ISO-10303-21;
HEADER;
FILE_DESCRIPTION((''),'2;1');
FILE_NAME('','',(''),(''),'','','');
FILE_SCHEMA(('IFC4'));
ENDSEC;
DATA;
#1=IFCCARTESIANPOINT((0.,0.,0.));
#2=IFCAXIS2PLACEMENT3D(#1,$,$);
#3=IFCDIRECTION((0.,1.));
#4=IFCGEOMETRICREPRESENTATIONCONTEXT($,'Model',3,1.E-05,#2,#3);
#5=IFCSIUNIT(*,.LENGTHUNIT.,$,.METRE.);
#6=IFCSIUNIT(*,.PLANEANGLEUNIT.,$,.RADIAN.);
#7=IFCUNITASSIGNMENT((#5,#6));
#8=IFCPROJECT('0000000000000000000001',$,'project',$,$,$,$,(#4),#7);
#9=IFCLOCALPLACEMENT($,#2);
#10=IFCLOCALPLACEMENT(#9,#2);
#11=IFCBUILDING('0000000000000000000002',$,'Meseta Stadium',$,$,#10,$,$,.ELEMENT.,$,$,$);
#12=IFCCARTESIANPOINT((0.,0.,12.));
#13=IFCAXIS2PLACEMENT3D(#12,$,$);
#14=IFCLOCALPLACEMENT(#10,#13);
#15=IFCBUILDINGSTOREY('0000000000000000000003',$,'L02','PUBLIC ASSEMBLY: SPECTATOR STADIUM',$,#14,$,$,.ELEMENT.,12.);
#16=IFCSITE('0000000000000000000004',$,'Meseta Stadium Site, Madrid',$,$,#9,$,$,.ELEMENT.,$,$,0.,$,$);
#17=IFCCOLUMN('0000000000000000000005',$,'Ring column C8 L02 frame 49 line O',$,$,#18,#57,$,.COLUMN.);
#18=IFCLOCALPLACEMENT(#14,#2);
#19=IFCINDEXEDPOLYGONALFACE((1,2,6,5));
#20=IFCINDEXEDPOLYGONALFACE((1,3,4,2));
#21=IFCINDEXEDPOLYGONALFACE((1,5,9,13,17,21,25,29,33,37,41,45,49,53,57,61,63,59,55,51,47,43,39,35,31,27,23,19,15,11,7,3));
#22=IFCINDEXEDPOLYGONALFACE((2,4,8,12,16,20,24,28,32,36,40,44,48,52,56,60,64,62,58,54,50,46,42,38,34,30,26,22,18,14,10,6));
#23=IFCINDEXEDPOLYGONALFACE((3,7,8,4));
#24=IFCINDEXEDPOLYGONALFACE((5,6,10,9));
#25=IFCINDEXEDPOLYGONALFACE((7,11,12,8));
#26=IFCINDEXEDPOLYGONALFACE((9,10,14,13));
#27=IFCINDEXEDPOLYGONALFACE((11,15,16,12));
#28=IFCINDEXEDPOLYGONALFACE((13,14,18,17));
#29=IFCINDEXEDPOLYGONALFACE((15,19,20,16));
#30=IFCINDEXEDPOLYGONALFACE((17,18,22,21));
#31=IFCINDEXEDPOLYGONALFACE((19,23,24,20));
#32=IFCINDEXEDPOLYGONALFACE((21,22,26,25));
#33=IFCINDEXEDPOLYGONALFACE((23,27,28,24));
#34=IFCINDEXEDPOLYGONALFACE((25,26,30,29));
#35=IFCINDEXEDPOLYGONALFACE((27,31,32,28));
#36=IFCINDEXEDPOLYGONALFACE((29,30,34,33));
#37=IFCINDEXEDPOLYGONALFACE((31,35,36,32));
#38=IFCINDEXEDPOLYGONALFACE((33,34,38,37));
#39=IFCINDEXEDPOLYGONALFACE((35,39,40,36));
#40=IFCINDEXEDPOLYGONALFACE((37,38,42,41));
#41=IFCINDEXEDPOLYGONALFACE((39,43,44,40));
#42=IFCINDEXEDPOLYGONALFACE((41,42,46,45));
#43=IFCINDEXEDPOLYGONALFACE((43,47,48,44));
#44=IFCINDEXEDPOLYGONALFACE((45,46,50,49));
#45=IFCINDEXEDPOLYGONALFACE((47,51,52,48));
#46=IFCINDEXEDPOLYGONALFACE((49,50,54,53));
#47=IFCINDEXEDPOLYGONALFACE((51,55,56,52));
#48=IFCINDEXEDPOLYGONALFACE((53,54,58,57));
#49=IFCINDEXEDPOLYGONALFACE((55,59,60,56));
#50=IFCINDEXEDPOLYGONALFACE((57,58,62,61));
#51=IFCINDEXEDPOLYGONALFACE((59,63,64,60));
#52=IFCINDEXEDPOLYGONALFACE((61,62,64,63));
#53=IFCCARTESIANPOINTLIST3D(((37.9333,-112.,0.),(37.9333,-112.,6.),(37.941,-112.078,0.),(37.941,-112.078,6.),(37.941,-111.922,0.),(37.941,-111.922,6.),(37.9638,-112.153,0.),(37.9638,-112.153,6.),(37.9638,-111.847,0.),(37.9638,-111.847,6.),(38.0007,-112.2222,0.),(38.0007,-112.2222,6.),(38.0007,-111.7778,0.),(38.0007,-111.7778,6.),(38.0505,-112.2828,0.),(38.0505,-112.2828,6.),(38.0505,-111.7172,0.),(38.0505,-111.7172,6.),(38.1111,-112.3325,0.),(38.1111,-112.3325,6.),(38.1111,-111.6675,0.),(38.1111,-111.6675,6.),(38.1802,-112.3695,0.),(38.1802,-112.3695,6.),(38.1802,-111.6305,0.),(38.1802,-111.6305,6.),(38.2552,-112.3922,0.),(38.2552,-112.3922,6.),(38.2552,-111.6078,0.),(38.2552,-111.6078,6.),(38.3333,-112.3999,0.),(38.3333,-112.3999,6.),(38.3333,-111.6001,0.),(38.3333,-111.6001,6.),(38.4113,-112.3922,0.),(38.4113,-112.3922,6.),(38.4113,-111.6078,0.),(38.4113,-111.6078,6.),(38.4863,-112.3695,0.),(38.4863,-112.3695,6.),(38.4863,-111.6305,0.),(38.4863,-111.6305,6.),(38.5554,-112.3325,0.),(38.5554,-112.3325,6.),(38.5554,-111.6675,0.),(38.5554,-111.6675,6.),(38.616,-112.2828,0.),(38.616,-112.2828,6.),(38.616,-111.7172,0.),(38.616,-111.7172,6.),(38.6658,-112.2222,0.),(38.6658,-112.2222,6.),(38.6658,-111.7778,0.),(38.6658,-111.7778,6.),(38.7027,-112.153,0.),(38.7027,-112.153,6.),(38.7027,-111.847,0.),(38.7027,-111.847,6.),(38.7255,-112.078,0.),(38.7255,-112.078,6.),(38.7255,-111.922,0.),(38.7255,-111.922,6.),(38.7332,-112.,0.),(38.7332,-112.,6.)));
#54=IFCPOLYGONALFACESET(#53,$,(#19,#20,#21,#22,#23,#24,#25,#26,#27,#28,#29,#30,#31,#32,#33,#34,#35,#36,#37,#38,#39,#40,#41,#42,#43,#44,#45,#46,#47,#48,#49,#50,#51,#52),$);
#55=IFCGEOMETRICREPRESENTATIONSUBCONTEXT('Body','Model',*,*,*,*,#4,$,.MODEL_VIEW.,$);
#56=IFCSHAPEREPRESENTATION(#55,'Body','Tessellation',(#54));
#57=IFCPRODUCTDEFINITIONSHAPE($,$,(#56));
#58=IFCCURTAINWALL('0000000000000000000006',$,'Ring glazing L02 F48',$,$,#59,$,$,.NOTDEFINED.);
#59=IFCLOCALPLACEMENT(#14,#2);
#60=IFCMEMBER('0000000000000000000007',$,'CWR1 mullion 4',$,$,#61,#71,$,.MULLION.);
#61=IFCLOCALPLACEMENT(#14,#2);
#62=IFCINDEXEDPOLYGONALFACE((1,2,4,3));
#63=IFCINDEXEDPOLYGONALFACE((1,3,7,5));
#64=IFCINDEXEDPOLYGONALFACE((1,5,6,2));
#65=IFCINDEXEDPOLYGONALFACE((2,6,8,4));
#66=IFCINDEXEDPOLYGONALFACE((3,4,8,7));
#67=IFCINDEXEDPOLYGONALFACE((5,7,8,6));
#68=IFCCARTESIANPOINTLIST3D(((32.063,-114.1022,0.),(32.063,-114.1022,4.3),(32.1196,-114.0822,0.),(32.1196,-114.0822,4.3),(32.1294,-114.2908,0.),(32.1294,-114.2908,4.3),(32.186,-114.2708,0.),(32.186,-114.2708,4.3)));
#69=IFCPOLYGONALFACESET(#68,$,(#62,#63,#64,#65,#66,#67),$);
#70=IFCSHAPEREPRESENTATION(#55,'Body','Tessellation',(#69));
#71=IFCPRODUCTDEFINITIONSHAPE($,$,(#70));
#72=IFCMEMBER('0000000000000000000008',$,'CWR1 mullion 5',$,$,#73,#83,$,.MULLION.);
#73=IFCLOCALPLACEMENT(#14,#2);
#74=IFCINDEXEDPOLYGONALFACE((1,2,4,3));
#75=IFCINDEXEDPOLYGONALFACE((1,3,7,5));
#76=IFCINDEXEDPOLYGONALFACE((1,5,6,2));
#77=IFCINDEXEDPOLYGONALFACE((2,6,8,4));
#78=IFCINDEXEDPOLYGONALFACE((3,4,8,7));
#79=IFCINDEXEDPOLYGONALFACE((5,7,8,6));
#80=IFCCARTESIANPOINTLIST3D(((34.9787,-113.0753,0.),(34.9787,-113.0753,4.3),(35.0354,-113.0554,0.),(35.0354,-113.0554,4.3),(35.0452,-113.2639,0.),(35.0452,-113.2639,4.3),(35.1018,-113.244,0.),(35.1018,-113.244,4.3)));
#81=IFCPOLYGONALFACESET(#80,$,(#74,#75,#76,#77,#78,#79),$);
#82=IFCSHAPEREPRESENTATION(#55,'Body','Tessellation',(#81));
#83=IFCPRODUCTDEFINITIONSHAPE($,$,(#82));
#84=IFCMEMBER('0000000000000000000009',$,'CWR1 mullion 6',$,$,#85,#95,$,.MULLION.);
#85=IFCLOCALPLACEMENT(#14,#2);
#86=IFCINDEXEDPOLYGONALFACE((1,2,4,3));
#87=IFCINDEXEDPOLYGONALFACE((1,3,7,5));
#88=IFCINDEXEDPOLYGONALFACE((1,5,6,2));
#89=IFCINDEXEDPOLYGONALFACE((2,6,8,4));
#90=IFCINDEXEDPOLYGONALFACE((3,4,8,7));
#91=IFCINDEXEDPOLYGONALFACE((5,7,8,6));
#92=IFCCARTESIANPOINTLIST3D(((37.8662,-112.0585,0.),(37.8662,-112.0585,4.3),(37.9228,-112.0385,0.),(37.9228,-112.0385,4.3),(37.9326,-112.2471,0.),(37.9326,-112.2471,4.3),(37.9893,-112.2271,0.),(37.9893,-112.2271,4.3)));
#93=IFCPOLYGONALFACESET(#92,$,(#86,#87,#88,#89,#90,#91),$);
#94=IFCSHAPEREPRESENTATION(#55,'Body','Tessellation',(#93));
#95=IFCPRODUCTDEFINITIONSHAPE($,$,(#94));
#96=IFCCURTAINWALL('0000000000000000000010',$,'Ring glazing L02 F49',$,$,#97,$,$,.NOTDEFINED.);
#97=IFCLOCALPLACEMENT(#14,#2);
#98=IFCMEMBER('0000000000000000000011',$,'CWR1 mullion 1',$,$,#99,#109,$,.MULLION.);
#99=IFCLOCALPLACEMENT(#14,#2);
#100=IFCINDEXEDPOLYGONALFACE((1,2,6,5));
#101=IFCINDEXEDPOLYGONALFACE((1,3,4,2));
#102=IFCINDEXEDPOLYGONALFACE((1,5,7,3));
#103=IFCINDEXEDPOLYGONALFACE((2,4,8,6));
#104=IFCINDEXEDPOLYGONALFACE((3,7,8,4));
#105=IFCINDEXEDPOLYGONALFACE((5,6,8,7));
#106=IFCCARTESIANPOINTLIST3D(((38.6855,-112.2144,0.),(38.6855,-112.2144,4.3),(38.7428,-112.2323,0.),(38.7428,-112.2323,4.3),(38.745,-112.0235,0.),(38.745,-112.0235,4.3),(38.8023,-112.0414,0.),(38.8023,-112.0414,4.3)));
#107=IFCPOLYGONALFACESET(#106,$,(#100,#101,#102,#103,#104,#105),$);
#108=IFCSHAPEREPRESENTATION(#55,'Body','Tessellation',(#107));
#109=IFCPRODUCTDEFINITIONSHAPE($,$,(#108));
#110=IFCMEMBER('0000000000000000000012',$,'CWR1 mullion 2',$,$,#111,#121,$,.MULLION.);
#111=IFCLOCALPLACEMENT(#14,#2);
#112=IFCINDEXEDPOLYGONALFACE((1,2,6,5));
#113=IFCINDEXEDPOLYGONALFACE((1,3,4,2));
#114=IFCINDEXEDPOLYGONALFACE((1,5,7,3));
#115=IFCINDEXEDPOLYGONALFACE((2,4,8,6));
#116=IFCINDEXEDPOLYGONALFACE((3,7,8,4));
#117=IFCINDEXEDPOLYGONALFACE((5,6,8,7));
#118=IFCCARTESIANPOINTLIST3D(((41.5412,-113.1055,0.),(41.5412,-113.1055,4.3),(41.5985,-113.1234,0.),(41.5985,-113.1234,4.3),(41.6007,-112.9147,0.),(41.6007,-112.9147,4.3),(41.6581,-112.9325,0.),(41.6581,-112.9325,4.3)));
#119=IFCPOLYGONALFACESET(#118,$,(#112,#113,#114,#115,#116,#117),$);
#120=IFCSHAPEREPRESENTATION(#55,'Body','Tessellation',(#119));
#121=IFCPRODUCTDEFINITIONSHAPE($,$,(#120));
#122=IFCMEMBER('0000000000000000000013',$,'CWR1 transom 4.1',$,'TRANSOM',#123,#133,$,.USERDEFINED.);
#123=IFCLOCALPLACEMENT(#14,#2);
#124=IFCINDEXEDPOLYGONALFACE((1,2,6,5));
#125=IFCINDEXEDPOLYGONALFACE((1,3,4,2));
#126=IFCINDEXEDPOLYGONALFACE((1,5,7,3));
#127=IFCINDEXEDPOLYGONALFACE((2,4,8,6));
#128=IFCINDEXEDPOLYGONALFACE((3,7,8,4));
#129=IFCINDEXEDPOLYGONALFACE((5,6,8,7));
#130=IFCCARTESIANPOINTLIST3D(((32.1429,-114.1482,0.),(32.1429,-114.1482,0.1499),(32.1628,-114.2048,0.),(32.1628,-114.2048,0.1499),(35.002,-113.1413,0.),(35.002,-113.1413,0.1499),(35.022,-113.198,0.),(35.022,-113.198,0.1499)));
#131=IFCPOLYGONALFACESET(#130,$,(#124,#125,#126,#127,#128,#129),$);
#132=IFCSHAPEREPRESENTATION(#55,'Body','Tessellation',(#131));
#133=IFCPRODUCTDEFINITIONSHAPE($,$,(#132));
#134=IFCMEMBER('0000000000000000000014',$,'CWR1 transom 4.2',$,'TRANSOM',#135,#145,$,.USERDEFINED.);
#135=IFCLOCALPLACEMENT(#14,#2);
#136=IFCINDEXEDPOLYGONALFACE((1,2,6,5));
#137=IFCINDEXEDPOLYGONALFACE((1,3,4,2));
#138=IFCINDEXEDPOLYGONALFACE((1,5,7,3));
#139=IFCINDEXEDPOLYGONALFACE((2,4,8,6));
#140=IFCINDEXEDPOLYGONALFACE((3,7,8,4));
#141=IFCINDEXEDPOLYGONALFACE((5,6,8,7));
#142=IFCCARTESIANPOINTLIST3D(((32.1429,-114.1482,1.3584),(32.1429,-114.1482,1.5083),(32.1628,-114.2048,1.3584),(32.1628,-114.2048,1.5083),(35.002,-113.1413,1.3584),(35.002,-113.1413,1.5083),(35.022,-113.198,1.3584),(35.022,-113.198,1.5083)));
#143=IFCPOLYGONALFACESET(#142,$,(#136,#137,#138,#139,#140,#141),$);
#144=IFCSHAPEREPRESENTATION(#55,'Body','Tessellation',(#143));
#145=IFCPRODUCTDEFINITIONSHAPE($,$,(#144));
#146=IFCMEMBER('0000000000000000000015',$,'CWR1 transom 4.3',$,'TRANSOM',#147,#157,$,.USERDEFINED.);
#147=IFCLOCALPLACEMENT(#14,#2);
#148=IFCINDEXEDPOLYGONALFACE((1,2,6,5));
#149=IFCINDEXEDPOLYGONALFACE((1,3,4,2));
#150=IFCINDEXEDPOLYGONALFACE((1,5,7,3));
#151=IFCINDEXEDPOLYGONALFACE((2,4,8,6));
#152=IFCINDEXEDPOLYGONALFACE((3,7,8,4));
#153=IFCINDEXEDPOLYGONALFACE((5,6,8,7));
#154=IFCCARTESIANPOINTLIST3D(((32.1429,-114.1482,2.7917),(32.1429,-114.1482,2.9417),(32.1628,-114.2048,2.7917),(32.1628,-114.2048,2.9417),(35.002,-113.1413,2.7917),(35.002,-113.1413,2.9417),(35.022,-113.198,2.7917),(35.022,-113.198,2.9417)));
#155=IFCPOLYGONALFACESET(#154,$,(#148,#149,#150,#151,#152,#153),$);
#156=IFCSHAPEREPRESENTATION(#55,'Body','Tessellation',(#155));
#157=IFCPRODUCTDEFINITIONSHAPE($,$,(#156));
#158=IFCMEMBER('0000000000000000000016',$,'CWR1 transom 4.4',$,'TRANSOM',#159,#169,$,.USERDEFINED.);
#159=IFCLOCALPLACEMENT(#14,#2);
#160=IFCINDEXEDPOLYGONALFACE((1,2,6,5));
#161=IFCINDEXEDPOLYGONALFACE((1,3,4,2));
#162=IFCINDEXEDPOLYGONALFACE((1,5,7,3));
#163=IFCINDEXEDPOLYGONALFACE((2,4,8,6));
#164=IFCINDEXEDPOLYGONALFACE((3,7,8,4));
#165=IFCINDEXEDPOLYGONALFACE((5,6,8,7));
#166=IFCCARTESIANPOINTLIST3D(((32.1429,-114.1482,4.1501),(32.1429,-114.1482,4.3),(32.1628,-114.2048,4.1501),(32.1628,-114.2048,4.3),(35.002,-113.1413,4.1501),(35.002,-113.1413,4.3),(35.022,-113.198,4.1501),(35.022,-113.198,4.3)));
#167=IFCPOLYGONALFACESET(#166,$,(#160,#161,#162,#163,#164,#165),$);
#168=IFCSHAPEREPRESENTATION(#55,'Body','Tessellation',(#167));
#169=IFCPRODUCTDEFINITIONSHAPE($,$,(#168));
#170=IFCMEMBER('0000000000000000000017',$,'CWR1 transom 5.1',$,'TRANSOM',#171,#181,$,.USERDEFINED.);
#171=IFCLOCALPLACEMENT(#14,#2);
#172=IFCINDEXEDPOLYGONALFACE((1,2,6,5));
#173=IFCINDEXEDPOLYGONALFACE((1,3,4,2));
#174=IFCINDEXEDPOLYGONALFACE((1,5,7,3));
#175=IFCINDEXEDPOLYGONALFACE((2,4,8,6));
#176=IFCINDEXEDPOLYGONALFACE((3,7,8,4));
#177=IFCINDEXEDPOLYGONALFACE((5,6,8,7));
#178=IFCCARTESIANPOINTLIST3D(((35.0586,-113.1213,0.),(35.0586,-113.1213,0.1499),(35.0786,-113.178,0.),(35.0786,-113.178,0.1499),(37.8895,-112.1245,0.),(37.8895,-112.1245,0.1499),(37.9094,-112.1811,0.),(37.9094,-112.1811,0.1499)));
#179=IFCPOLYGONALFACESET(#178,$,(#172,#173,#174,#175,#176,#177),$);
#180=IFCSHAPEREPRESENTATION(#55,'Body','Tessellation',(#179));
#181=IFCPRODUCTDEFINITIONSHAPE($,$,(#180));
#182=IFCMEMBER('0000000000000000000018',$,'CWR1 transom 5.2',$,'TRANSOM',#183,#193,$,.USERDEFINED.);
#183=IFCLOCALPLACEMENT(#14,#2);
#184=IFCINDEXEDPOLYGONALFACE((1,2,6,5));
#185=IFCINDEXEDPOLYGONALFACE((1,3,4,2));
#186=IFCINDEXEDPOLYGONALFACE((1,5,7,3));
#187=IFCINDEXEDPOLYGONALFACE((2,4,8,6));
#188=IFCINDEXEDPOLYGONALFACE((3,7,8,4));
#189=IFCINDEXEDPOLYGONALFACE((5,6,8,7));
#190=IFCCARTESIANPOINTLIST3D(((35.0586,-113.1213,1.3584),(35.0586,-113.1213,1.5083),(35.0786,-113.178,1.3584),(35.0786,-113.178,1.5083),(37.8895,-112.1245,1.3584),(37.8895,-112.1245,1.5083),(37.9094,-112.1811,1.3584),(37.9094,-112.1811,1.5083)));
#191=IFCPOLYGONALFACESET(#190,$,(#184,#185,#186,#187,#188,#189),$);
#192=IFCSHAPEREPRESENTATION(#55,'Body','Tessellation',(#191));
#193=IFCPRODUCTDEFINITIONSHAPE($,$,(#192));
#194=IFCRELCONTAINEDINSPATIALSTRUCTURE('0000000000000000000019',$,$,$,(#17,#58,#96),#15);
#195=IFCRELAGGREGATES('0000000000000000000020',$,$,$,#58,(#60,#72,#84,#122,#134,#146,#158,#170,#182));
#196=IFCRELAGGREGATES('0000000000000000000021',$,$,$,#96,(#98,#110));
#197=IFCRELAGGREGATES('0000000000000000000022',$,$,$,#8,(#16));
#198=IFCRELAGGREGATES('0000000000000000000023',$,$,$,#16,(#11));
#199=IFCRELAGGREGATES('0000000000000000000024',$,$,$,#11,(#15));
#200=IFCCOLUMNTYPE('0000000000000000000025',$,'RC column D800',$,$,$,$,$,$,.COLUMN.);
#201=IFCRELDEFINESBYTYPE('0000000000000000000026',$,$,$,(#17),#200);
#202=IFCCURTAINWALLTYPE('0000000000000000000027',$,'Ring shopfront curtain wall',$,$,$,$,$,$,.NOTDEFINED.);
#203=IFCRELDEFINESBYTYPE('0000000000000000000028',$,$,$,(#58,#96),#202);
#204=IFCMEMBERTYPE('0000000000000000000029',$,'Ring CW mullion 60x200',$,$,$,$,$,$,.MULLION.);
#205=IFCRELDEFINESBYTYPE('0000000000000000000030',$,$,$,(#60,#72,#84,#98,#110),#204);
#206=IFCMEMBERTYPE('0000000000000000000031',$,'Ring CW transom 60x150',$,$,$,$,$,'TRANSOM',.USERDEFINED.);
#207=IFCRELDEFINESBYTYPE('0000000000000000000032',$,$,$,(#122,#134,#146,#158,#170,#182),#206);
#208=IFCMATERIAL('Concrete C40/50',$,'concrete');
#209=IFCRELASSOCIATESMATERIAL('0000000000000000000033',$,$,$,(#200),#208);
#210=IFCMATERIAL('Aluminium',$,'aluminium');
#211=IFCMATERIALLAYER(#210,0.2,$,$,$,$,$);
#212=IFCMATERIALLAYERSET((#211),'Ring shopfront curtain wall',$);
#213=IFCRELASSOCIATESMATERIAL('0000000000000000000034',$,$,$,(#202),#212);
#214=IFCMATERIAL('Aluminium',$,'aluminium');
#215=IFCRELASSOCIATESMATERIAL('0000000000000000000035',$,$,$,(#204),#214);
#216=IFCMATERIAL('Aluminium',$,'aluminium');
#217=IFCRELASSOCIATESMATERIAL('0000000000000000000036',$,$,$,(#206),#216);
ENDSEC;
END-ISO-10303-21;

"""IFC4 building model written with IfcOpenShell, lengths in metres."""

from ifc_helpers import new_model, si_unit, direction, frame, origin, origin_2d, place, context, subcontext, project, spatial, rectangle, circle, extrude, material, layer, layer_set, material_profile, profile_set, type_object, element, aggregate, save


model = new_model("IFC4")

# Units and contexts
model_context = context("Model", 3, precision=1e-05, world=origin(), true_north=direction((0.0, 1.0)))
body_context = subcontext(model_context, "Body", "Model", "MODEL_VIEW")
ifc_project = project(units=[si_unit("LENGTHUNIT", "METRE"), si_unit("PLANEANGLEUNIT", "RADIAN")], contexts=[model_context])

# Site, building, storey
site_placement = place(None, origin())
site = spatial("IfcSite", under=ifc_project, at=site_placement, Name="Meseta Stadium Site, Madrid", CompositionType="ELEMENT", RefElevation=0.0)
building_placement = place(site_placement, origin())
building = spatial("IfcBuilding", under=site, at=building_placement, Name="Meseta Stadium", CompositionType="ELEMENT")
storey_placement = place(building_placement, frame((0.0, 0.0, 12.0)))
storey = spatial("IfcBuildingStorey", under=building, at=storey_placement, Name="L02", Description="PUBLIC ASSEMBLY: SPECTATOR STADIUM", CompositionType="ELEMENT", Elevation=12.0)

# Column
ifc_material_1 = material(Name="Concrete C40/50", Category="concrete")
ifc_material_profile_1 = material_profile(ifc_material_1, circle(Radius=0.3999, at=origin_2d()), Name="RC D800")
ifc_profile_set_1 = profile_set([ifc_material_profile_1], Name="Concrete C40/50")
column_type = type_object("IfcColumnType", Name="RC column D800", PredefinedType="COLUMN", material=ifc_profile_set_1)
column_placement = place(storey_placement, frame((38.3333, -112.0, 0.0), z_axis=(0.0, 0.0, 1.0), x_axis=(1.0, 0.0, 0.0)))
element("IfcColumn", 1, at=column_placement, inside=storey, type_object=column_type, Name="Ring column C8 L02 frame 49 line O", PredefinedType="COLUMN", context=body_context, shape_type="SweptSolid", body=[
    extrude(circle(Radius=0.3999, at=origin_2d()), origin(), (0.0, 0.0, 1.0), 6.0),
])

# Curtain walls, members
ifc_material_2 = material(Name="Aluminium", Category="aluminium")
ifc_layer_1 = layer(ifc_material_2, 0.2)
ifc_layer_set_1 = layer_set([ifc_layer_1], Name="Ring shopfront curtain wall")
curtain_wall_type = type_object("IfcCurtainWallType", Name="Ring shopfront curtain wall", PredefinedType="NOTDEFINED", material=ifc_layer_set_1)
curtain_wall_1_placement = place(storey_placement, origin())
curtain_wall_1 = element("IfcCurtainWall", 2, at=curtain_wall_1_placement, inside=storey, type_object=curtain_wall_type, Name="Ring glazing L02 F48", PredefinedType="NOTDEFINED")
ifc_material_3 = material(Name="Aluminium", Category="aluminium")
ifc_material_profile_2 = material_profile(ifc_material_3, rectangle(XDim=0.2, YDim=0.0601, at=origin_2d()), Name="CW 200x60")
ifc_profile_set_2 = profile_set([ifc_material_profile_2], Name="Aluminium")
member_type_1 = type_object("IfcMemberType", Name="Ring CW mullion 60x200", PredefinedType="MULLION", material=ifc_profile_set_2)
member_1_placement = place(storey_placement, frame((32.1245, -114.1865, 0.0), z_axis=(0.0, 0.0, 1.0), x_axis=(-0.332174, 0.943218, 0.0)))
member_1 = element("IfcMember", 3, at=member_1_placement, type_object=member_type_1, Name="CWR1 mullion 4", PredefinedType="MULLION", context=body_context, shape_type="SweptSolid", body=[
    extrude(rectangle(XDim=0.2, YDim=0.0601, at=origin_2d()), origin(), (0.0, 0.0, 1.0), 4.3),
])
member_2_placement = place(storey_placement, frame((35.0403, -113.1597, 0.0), z_axis=(0.0, 0.0, 1.0), x_axis=(-0.332174, 0.943218, 0.0)))
member_2 = element("IfcMember", 4, at=member_2_placement, type_object=member_type_1, Name="CWR1 mullion 5", PredefinedType="MULLION", context=body_context, shape_type="SweptSolid", body=[
    extrude(rectangle(XDim=0.2, YDim=0.0601, at=origin_2d()), origin(), (0.0, 0.0, 1.0), 4.3),
])
member_3_placement = place(storey_placement, frame((37.9277, -112.1428, 0.0), z_axis=(0.0, 0.0, 1.0), x_axis=(-0.332174, 0.943218, 0.0)))
member_3 = element("IfcMember", 5, at=member_3_placement, type_object=member_type_1, Name="CWR1 mullion 6", PredefinedType="MULLION", context=body_context, shape_type="SweptSolid", body=[
    extrude(rectangle(XDim=0.2, YDim=0.0601, at=origin_2d()), origin(), (0.0, 0.0, 1.0), 4.3),
])
curtain_wall_2_placement = place(storey_placement, origin())
curtain_wall_2 = element("IfcCurtainWall", 6, at=curtain_wall_2_placement, inside=storey, type_object=curtain_wall_type, Name="Ring glazing L02 F49", PredefinedType="NOTDEFINED")
member_4_placement = place(storey_placement, frame((38.7439, -112.1279, 0.0), z_axis=(0.0, 0.0, 1.0), x_axis=(0.297861, 0.954609, 0.0)))
member_4 = element("IfcMember", 7, at=member_4_placement, type_object=member_type_1, Name="CWR1 mullion 1", PredefinedType="MULLION", context=body_context, shape_type="SweptSolid", body=[
    extrude(rectangle(XDim=0.2, YDim=0.0601, at=origin_2d()), origin(), (0.0, 0.0, 1.0), 4.3),
])
member_5_placement = place(storey_placement, frame((41.5996, -113.019, 0.0), z_axis=(0.0, 0.0, 1.0), x_axis=(0.297861, 0.954609, 0.0)))
member_5 = element("IfcMember", 8, at=member_5_placement, type_object=member_type_1, Name="CWR1 mullion 2", PredefinedType="MULLION", context=body_context, shape_type="SweptSolid", body=[
    extrude(rectangle(XDim=0.2, YDim=0.0601, at=origin_2d()), origin(), (0.0, 0.0, 1.0), 4.3),
])

# Members
ifc_material_4 = material(Name="Aluminium", Category="aluminium")
ifc_material_profile_3 = material_profile(ifc_material_4, rectangle(XDim=0.0601, YDim=0.1499, at=origin_2d()), Name="CW 60x150")
ifc_profile_set_3 = profile_set([ifc_material_profile_3], Name="Aluminium")
member_type_2 = type_object("IfcMemberType", Name="Ring CW transom 60x150", ElementType="TRANSOM", PredefinedType="USERDEFINED", material=ifc_profile_set_3)
member_6_placement = place(storey_placement, frame((32.1528, -114.1765, 0.075), z_axis=(0.943225, 0.332154, 0.0), x_axis=(-0.332154, 0.943225, 0.0)))
member_6 = element("IfcMember", 9, at=member_6_placement, type_object=member_type_2, Name="CWR1 transom 4.1", ObjectType="TRANSOM", PredefinedType="USERDEFINED", context=body_context, shape_type="SweptSolid", body=[
    extrude(rectangle(XDim=0.0601, YDim=0.1499, at=origin_2d()), origin(), (0.0, 0.0, 1.0), 3.0312),
])
member_7_placement = place(storey_placement, frame((32.1528, -114.1765, 1.4333), z_axis=(0.943225, 0.332154, 0.0), x_axis=(-0.332154, 0.943225, 0.0)))
member_7 = element("IfcMember", 10, at=member_7_placement, type_object=member_type_2, Name="CWR1 transom 4.2", ObjectType="TRANSOM", PredefinedType="USERDEFINED", context=body_context, shape_type="SweptSolid", body=[
    extrude(rectangle(XDim=0.0601, YDim=0.1499, at=origin_2d()), origin(), (0.0, 0.0, 1.0), 3.0312),
])
member_8_placement = place(storey_placement, frame((32.1528, -114.1765, 2.8667), z_axis=(0.943225, 0.332154, 0.0), x_axis=(-0.332154, 0.943225, 0.0)))
member_8 = element("IfcMember", 11, at=member_8_placement, type_object=member_type_2, Name="CWR1 transom 4.3", ObjectType="TRANSOM", PredefinedType="USERDEFINED", context=body_context, shape_type="SweptSolid", body=[
    extrude(rectangle(XDim=0.0601, YDim=0.1499, at=origin_2d()), origin(), (0.0, 0.0, 1.0), 3.0312),
])
member_9_placement = place(storey_placement, frame((32.1528, -114.1765, 4.2251), z_axis=(0.943225, 0.332154, 0.0), x_axis=(-0.332154, 0.943225, 0.0)))
member_9 = element("IfcMember", 12, at=member_9_placement, type_object=member_type_2, Name="CWR1 transom 4.4", ObjectType="TRANSOM", PredefinedType="USERDEFINED", context=body_context, shape_type="SweptSolid", body=[
    extrude(rectangle(XDim=0.0601, YDim=0.1499, at=origin_2d()), origin(), (0.0, 0.0, 1.0), 3.0312),
])
member_10_placement = place(storey_placement, frame((35.0686, -113.1497, 0.075), z_axis=(0.943229, 0.332143, 0.0), x_axis=(-0.332143, 0.943229, 0.0)))
member_10 = element("IfcMember", 13, at=member_10_placement, type_object=member_type_2, Name="CWR1 transom 5.1", ObjectType="TRANSOM", PredefinedType="USERDEFINED", context=body_context, shape_type="SweptSolid", body=[
    extrude(rectangle(XDim=0.0601, YDim=0.1499, at=origin_2d()), origin(), (0.0, 0.0, 1.0), 3.0012),
])
member_11_placement = place(storey_placement, frame((35.0686, -113.1497, 1.4333), z_axis=(0.943229, 0.332143, 0.0), x_axis=(-0.332143, 0.943229, 0.0)))
member_11 = element("IfcMember", 14, at=member_11_placement, type_object=member_type_2, Name="CWR1 transom 5.2", ObjectType="TRANSOM", PredefinedType="USERDEFINED", context=body_context, shape_type="SweptSolid", body=[
    extrude(rectangle(XDim=0.0601, YDim=0.1499, at=origin_2d()), origin(), (0.0, 0.0, 1.0), 3.0012),
])

aggregate(curtain_wall_1, [member_1, member_2, member_3, member_6, member_7, member_8, member_9, member_10, member_11])
aggregate(curtain_wall_2, [member_4, member_5])

save(model, "model.ifc")
